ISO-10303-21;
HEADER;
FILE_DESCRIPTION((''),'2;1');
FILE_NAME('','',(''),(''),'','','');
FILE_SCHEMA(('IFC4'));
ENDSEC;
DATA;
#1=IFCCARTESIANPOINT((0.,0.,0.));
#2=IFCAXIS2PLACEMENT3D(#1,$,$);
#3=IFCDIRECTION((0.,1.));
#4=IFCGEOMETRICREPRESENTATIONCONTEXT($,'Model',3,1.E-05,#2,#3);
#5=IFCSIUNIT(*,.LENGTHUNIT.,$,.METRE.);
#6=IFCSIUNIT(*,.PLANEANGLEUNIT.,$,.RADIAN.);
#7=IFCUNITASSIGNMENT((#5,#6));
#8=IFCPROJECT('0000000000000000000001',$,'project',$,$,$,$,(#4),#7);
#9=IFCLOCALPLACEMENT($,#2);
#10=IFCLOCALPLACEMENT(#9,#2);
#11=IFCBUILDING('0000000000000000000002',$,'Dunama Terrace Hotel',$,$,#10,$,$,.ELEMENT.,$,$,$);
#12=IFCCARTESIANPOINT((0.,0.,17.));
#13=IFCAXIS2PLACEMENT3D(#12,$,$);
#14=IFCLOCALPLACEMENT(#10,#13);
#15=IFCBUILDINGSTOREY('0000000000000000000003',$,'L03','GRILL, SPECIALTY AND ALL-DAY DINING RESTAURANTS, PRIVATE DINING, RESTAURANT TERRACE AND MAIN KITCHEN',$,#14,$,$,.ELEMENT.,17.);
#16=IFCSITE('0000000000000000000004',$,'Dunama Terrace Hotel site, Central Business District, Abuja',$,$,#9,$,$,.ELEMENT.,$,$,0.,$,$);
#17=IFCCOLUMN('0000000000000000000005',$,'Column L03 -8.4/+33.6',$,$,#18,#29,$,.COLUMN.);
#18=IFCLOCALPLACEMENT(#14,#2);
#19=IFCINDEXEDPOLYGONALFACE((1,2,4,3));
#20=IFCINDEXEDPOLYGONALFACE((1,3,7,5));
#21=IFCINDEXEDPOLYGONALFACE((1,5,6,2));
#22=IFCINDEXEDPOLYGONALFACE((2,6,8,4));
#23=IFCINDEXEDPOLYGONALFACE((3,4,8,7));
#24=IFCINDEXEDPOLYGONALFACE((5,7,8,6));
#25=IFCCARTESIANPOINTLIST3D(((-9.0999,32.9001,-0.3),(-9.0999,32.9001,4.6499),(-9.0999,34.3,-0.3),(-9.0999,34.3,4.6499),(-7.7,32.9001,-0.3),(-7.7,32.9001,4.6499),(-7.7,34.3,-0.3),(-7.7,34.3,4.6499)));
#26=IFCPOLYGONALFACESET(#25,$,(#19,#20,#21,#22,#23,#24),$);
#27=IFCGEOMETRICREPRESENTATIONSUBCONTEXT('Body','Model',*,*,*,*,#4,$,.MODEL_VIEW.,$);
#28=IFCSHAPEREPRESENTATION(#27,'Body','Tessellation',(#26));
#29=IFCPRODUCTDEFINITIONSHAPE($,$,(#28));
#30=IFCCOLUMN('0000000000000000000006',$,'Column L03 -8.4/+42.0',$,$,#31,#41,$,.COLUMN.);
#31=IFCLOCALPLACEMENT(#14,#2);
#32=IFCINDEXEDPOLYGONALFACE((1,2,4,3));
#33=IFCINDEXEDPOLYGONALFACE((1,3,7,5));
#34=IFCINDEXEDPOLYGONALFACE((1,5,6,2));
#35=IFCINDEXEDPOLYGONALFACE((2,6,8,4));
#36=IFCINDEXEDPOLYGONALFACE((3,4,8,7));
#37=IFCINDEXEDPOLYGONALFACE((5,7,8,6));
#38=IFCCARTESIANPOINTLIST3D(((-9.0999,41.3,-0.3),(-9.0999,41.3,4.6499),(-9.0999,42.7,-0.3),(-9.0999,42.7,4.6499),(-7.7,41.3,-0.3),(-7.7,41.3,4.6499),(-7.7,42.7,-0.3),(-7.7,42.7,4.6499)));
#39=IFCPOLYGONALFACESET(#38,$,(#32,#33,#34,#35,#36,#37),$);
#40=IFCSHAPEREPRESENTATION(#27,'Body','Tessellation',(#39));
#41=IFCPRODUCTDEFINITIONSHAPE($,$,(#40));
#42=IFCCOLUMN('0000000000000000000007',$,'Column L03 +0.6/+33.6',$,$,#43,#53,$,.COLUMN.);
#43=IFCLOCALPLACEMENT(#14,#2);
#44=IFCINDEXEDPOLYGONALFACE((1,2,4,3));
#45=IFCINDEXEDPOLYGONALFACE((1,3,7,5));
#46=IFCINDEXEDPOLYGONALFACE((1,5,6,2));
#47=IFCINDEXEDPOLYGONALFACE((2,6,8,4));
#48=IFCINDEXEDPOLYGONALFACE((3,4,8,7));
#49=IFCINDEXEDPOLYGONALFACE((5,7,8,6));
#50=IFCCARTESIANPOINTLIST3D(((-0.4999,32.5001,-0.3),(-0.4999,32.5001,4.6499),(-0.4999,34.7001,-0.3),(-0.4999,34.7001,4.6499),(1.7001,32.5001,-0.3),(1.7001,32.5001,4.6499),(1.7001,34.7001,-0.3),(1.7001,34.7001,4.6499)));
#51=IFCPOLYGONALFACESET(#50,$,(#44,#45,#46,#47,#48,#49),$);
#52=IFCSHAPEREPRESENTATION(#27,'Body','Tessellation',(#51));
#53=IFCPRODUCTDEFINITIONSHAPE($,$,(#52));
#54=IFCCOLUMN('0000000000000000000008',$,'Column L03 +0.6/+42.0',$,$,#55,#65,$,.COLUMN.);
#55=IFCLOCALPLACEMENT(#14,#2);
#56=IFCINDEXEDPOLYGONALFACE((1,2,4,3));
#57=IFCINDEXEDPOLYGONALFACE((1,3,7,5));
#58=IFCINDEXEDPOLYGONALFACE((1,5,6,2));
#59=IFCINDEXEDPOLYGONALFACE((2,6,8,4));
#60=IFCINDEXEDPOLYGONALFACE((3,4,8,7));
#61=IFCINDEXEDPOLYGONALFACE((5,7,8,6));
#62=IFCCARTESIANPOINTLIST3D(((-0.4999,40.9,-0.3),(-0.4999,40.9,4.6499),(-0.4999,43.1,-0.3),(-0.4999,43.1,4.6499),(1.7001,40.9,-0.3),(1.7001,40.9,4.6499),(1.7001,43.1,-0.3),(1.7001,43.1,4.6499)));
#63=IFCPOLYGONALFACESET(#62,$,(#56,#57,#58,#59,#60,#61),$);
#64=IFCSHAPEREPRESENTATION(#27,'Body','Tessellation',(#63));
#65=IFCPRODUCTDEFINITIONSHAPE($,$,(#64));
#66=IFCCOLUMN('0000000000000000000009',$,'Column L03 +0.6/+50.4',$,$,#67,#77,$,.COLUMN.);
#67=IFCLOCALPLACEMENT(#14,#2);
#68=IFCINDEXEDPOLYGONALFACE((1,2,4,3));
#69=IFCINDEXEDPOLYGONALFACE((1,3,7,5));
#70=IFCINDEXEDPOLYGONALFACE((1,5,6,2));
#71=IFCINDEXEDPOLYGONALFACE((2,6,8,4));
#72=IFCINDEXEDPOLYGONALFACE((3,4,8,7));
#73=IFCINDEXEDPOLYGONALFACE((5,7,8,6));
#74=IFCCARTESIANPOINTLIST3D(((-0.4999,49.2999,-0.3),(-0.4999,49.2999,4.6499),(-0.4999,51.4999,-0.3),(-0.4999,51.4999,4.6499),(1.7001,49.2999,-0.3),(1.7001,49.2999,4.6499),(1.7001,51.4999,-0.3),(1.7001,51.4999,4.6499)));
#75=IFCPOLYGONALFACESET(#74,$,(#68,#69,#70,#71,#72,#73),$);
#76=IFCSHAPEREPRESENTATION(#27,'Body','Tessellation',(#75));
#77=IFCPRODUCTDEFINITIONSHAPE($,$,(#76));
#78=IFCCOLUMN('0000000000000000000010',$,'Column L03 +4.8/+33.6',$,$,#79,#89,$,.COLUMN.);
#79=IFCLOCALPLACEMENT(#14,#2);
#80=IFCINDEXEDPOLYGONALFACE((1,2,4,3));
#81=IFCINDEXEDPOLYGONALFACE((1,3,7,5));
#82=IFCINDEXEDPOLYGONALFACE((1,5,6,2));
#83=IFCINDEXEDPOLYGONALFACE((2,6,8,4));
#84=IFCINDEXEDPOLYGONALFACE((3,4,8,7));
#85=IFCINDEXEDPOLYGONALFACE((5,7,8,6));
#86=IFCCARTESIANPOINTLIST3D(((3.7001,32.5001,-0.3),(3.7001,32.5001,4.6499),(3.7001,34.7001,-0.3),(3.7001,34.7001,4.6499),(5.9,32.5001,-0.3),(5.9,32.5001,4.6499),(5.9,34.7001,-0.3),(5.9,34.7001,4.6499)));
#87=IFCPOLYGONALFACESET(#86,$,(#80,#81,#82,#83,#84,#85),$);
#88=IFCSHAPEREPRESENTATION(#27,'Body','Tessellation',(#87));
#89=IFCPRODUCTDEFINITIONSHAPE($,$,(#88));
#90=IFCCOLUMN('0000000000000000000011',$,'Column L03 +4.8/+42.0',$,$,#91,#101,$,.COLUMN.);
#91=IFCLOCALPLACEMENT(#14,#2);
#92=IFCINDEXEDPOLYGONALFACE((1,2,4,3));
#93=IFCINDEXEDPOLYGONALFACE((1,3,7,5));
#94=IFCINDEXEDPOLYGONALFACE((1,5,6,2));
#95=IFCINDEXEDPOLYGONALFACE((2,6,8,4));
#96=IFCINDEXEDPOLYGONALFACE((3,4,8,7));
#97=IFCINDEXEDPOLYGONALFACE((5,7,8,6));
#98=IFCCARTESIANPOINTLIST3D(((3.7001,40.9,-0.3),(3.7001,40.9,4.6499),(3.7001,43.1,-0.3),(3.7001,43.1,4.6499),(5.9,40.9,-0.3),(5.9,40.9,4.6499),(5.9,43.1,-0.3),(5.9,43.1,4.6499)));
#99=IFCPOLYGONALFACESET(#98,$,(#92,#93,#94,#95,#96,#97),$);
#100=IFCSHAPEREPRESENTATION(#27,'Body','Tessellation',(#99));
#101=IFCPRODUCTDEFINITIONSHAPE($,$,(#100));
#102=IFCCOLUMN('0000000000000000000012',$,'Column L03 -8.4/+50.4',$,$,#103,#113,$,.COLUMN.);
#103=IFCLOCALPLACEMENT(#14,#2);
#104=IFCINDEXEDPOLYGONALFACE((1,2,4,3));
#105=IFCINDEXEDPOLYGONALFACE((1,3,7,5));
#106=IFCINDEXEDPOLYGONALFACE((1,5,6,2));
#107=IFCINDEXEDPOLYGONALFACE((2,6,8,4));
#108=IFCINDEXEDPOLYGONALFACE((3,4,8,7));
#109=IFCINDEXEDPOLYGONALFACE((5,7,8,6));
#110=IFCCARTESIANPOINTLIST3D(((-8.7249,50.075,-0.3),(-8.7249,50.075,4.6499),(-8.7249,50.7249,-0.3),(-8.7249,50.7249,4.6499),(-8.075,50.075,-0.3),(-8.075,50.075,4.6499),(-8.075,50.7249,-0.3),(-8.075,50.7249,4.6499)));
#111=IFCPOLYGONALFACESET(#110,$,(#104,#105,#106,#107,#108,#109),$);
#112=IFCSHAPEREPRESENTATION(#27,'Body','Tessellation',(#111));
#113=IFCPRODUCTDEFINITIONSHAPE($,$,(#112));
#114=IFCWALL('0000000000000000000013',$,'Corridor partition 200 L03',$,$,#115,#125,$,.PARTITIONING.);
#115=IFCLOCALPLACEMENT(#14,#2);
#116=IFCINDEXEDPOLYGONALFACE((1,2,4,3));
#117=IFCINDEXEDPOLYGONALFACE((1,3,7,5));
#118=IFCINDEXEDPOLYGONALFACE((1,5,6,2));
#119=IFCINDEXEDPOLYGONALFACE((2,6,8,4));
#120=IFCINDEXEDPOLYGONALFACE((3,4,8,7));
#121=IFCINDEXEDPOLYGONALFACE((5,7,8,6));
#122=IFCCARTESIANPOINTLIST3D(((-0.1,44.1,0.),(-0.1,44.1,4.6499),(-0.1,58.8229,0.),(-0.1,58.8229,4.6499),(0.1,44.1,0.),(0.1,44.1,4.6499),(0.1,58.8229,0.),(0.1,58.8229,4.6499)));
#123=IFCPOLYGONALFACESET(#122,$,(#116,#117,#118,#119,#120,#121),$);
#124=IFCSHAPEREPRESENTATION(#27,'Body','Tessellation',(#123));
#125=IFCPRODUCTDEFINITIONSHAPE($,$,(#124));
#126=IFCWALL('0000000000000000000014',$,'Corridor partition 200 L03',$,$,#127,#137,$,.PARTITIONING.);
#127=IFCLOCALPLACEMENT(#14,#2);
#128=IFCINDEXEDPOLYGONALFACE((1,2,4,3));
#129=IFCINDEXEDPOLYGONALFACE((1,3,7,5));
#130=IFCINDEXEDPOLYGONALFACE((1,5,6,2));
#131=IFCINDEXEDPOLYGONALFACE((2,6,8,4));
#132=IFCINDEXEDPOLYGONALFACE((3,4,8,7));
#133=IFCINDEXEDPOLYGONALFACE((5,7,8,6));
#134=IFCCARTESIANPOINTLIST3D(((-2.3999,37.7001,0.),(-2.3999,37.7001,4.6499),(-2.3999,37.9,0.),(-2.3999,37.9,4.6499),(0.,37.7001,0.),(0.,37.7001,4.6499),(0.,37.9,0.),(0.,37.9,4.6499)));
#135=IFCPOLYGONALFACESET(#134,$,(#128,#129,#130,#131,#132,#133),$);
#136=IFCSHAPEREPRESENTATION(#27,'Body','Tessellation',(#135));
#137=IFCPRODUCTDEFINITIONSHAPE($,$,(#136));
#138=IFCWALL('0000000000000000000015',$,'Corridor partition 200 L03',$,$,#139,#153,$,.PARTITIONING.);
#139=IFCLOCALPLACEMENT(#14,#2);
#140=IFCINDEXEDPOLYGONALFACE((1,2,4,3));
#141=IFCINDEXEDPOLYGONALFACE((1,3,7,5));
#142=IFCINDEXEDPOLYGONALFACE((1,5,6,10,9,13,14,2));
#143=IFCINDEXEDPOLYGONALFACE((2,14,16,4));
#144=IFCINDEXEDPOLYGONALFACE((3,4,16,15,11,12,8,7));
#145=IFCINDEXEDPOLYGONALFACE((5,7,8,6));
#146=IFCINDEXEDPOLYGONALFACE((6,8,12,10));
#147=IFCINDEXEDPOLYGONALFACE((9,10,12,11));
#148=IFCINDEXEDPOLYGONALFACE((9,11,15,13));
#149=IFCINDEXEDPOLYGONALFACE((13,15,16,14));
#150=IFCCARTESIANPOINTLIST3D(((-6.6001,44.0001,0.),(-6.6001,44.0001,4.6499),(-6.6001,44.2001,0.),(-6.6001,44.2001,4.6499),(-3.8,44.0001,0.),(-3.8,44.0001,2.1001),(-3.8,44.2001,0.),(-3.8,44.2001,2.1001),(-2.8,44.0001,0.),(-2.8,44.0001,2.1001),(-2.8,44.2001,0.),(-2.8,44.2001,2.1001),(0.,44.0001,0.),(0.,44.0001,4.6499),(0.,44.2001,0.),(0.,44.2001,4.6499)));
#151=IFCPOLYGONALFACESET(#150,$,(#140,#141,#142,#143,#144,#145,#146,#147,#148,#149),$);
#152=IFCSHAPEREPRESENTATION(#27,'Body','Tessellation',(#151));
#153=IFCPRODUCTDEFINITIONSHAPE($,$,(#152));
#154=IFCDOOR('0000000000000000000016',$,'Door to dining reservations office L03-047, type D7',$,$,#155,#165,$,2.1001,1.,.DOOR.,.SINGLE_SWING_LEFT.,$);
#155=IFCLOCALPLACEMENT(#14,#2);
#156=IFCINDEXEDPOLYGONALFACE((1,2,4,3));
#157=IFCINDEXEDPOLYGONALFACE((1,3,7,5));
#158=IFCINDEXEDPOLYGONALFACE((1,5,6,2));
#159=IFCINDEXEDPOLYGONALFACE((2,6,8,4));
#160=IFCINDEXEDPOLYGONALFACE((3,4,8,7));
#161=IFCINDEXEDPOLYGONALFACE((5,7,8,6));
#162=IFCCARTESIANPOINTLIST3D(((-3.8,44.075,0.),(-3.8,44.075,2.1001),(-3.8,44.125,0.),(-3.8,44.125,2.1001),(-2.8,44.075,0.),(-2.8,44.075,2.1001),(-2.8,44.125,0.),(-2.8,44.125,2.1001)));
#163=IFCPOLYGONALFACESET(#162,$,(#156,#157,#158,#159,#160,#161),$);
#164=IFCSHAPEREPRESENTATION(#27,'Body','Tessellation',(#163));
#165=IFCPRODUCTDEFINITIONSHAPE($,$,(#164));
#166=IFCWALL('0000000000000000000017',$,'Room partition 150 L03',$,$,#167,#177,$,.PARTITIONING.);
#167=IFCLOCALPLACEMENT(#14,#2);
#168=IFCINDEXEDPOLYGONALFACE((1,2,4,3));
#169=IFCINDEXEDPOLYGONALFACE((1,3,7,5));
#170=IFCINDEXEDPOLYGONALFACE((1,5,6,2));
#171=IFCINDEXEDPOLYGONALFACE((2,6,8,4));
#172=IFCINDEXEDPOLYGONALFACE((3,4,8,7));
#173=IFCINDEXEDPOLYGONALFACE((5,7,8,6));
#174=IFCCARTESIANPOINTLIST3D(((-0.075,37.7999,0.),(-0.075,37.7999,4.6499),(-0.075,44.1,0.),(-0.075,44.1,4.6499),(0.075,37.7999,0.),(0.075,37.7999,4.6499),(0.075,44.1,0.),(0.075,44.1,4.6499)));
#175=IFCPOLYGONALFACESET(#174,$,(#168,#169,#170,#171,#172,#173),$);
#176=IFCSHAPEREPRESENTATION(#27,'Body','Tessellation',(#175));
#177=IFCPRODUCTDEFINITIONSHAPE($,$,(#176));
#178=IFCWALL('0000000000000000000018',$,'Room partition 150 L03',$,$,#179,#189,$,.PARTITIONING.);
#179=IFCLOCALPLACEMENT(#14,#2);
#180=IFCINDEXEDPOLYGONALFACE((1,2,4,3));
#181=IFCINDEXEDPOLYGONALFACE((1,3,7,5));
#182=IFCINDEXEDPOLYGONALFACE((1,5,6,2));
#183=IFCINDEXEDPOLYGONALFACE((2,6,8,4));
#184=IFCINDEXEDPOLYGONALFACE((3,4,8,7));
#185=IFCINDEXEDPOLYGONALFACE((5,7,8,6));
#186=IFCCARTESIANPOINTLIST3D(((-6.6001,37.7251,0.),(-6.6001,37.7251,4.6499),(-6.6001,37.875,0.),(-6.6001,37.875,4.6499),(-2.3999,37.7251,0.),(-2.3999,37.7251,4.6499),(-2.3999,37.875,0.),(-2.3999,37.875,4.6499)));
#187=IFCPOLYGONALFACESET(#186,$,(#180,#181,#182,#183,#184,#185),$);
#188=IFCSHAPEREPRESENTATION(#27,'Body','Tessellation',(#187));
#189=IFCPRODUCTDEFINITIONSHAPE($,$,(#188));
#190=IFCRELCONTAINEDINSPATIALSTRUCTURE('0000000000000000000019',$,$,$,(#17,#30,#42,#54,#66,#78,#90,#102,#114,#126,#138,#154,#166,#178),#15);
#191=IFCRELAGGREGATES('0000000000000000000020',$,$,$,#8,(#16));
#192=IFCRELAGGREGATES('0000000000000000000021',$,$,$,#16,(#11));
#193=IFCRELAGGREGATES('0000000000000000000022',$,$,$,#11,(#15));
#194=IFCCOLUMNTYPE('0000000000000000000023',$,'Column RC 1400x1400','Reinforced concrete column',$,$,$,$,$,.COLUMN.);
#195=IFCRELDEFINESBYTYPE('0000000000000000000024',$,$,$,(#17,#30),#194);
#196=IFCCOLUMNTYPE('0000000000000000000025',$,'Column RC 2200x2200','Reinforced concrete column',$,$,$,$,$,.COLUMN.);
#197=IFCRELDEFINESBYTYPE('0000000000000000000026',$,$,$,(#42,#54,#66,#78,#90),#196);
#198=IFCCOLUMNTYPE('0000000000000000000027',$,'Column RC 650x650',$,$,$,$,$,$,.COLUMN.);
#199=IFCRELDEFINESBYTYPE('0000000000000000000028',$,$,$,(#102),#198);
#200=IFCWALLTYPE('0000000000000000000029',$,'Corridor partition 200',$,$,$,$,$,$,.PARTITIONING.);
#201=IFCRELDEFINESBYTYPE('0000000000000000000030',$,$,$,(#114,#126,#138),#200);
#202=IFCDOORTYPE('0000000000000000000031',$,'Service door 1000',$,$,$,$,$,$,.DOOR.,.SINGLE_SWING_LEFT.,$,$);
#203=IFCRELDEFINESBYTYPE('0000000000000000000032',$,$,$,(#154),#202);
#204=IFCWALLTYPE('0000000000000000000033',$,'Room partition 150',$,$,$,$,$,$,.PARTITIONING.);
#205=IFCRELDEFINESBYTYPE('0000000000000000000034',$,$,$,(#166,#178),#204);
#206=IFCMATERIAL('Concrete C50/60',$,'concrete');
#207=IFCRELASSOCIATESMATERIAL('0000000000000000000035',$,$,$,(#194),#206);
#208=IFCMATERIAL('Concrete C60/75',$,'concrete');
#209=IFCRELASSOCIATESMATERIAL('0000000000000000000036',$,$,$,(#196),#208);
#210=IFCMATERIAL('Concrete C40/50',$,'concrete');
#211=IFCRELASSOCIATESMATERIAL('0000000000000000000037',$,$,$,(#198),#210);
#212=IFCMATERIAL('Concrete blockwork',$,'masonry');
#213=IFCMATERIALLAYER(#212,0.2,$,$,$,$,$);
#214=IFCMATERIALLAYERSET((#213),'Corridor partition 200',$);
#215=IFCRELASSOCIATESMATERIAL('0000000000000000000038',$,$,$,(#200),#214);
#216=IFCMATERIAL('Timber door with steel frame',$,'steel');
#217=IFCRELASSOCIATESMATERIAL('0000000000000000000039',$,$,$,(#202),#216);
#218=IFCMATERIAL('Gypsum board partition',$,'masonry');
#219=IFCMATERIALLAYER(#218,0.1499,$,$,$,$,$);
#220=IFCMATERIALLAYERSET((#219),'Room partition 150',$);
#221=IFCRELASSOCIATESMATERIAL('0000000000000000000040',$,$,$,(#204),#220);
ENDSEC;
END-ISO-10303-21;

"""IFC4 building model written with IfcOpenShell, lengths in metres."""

from ifc_helpers import new_model, si_unit, direction, frame, frame_2d, origin, origin_2d, place, context, subcontext, project, spatial, rectangle, extrude, material, layer, layer_set, material_profile, profile_set, type_object, element, fill, save


model = new_model("IFC4")

# Units and contexts
model_context = context("Model", 3, precision=1e-05, world=origin(), true_north=direction((0.0, 1.0)))
body_context = subcontext(model_context, "Body", "Model", "MODEL_VIEW")
ifc_project = project(units=[si_unit("LENGTHUNIT", "METRE"), si_unit("PLANEANGLEUNIT", "RADIAN")], contexts=[model_context])

# Site, building, storey
site_placement = place(None, origin())
site = spatial("IfcSite", under=ifc_project, at=site_placement, Name="Dunama Terrace Hotel site, Central Business District, Abuja", CompositionType="ELEMENT", RefElevation=0.0)
building_placement = place(site_placement, origin())
building = spatial("IfcBuilding", under=site, at=building_placement, Name="Dunama Terrace Hotel", CompositionType="ELEMENT")
storey_placement = place(building_placement, frame((0.0, 0.0, 17.0)))
storey = spatial("IfcBuildingStorey", under=building, at=storey_placement, Name="L03", Description="GRILL, SPECIALTY AND ALL-DAY DINING RESTAURANTS, PRIVATE DINING, RESTAURANT TERRACE AND MAIN KITCHEN", CompositionType="ELEMENT", Elevation=17.0)

# Columns
ifc_material_1 = material(Name="Concrete C50/60", Category="concrete")
ifc_material_profile_1 = material_profile(ifc_material_1, rectangle(XDim=1.3999, YDim=1.3999, at=origin_2d()), Name="RC 1400x1400")
ifc_profile_set_1 = profile_set([ifc_material_profile_1], Name="Concrete C50/60")
column_type_1 = type_object("IfcColumnType", Name="Column RC 1400x1400", Description="Reinforced concrete column", PredefinedType="COLUMN", material=ifc_profile_set_1)
for number, where, z_axis, x_axis, name in (
    (1, (-8.3999, 33.6001, -0.3), (0.0, 0.0, 1.0), (1.0, 0.0, 0.0), "Column L03 -8.4/+33.6"),
    (2, (-8.3999, 42.0, -0.3), (0.0, 0.0, 1.0), (1.0, 0.0, 0.0), "Column L03 -8.4/+42.0"),
):
    element("IfcColumn", number, at=place(storey_placement, frame(where, z_axis=z_axis, x_axis=x_axis)), inside=storey, type_object=column_type_1, Name=name, PredefinedType="COLUMN", context=body_context, shape_type="SweptSolid", body=[
        extrude(rectangle(XDim=1.3999, YDim=1.3999, at=origin_2d()), origin(), (0.0, 0.0, 1.0), 4.95),
    ])
ifc_material_2 = material(Name="Concrete C60/75", Category="concrete")
ifc_material_profile_2 = material_profile(ifc_material_2, rectangle(XDim=2.2, YDim=2.2, at=origin_2d()), Name="RC 2200x2200")
ifc_profile_set_2 = profile_set([ifc_material_profile_2], Name="Concrete C60/75")
column_type_2 = type_object("IfcColumnType", Name="Column RC 2200x2200", Description="Reinforced concrete column", PredefinedType="COLUMN", material=ifc_profile_set_2)
for number, where, z_axis, x_axis, name in (
    (3, (0.6001, 33.6001, -0.3), (0.0, 0.0, 1.0), (1.0, 0.0, 0.0), "Column L03 +0.6/+33.6"),
    (4, (0.6001, 42.0, -0.3), (0.0, 0.0, 1.0), (1.0, 0.0, 0.0), "Column L03 +0.6/+42.0"),
    (5, (0.6001, 50.3999, -0.3), (0.0, 0.0, 1.0), (1.0, 0.0, 0.0), "Column L03 +0.6/+50.4"),
    (6, (4.8, 33.6001, -0.3), (0.0, 0.0, 1.0), (1.0, 0.0, 0.0), "Column L03 +4.8/+33.6"),
    (7, (4.8, 42.0, -0.3), (0.0, 0.0, 1.0), (1.0, 0.0, 0.0), "Column L03 +4.8/+42.0"),
):
    element("IfcColumn", number, at=place(storey_placement, frame(where, z_axis=z_axis, x_axis=x_axis)), inside=storey, type_object=column_type_2, Name=name, PredefinedType="COLUMN", context=body_context, shape_type="SweptSolid", body=[
        extrude(rectangle(XDim=2.2, YDim=2.2, at=origin_2d()), origin(), (0.0, 0.0, 1.0), 4.95),
    ])
ifc_material_3 = material(Name="Concrete C40/50", Category="concrete")
ifc_material_profile_3 = material_profile(ifc_material_3, rectangle(XDim=0.6499, YDim=0.6499, at=origin_2d()), Name="RC 650x650")
ifc_profile_set_3 = profile_set([ifc_material_profile_3], Name="Concrete C40/50")
column_type_3 = type_object("IfcColumnType", Name="Column RC 650x650", PredefinedType="COLUMN", material=ifc_profile_set_3)
column_placement = place(storey_placement, frame((-8.3999, 50.3999, -0.3), z_axis=(0.0, 0.0, 1.0), x_axis=(1.0, 0.0, 0.0)))
element("IfcColumn", 8, at=column_placement, inside=storey, type_object=column_type_3, Name="Column L03 -8.4/+50.4", PredefinedType="COLUMN", context=body_context, shape_type="SweptSolid", body=[
    extrude(rectangle(XDim=0.6499, YDim=0.6499, at=origin_2d()), origin(), (0.0, 0.0, 1.0), 4.95),
])

# Walls
ifc_material_4 = material(Name="Concrete blockwork", Category="masonry")
ifc_layer_1 = layer(ifc_material_4, 0.2)
ifc_layer_set_1 = layer_set([ifc_layer_1], Name="Corridor partition 200")
wall_type_1 = type_object("IfcWallType", Name="Corridor partition 200", PredefinedType="PARTITIONING", material=ifc_layer_set_1)
wall_1_placement = place(storey_placement, frame((0.0, 44.1001, 0.0), z_axis=(0.0, 0.0, 1.0), x_axis=(0.0, 1.0, 0.0)))
element("IfcWall", 9, at=wall_1_placement, inside=storey, type_object=wall_type_1, Name="Corridor partition 200 L03", PredefinedType="PARTITIONING", context=body_context, shape_type="SweptSolid", body=[
    extrude(rectangle(XDim=14.7229, YDim=0.2, at=frame_2d((7.3613, 0.0))), origin(), (0.0, 0.0, 1.0), 4.6499),
])
wall_2_placement = place(storey_placement, frame((-2.3999, 37.8, 0.0), z_axis=(0.0, 0.0, 1.0), x_axis=(1.0, 0.0, 0.0)))
element("IfcWall", 10, at=wall_2_placement, inside=storey, type_object=wall_type_1, Name="Corridor partition 200 L03", PredefinedType="PARTITIONING", context=body_context, shape_type="SweptSolid", body=[
    extrude(rectangle(XDim=2.3999, YDim=0.2, at=frame_2d((1.2, 0.0))), origin(), (0.0, 0.0, 1.0), 4.6499),
])

# Wall, opening, door
wall_3_placement = place(storey_placement, frame((-6.6001, 44.1001, 0.0), z_axis=(0.0, 0.0, 1.0), x_axis=(1.0, 0.0, 0.0)))
wall_3 = element("IfcWall", 11, at=wall_3_placement, inside=storey, type_object=wall_type_1, Name="Corridor partition 200 L03", PredefinedType="PARTITIONING", context=body_context, shape_type="SweptSolid", body=[
    extrude(rectangle(XDim=6.6001, YDim=0.2, at=frame_2d((3.3, 0.0))), origin(), (0.0, 0.0, 1.0), 4.6499),
])
opening_1_placement = place(wall_3_placement, frame((2.8, 0.0, 0.0)))
opening_1 = element("IfcOpeningElement", 12, at=opening_1_placement, cuts=wall_3, PredefinedType="OPENING", context=body_context, shape_type="SweptSolid", body=[
    extrude(rectangle(XDim=1.0, YDim=2.1001, at=frame_2d((0.5, 1.05))), frame((0.0, 0.1099, 0.0), z_axis=(0.0, -1.0, 0.0), x_axis=(1.0, 0.0, 0.0)), (0.0, 0.0, 1.0), 0.22),
])
ifc_material_5 = material(Name="Timber door with steel frame", Category="steel")
door_type_1 = type_object("IfcDoorType", Name="Service door 1000", OperationType="SINGLE_SWING_LEFT", PredefinedType="DOOR", material=ifc_material_5)
door_1_placement = place(opening_1_placement, frame((1.0, 0.0, 0.0), z_axis=(0.0, 0.0, 1.0), x_axis=(-1.0, 0.0, 0.0)))
door_1 = element("IfcDoor", 13, at=door_1_placement, inside=storey, type_object=door_type_1, Name="Door to dining reservations office L03-047, type D7", OperationType="SINGLE_SWING_LEFT", OverallHeight=2.1001, OverallWidth=1.0, PredefinedType="DOOR", context=body_context, shape_type="SweptSolid", body=[
    extrude(rectangle(XDim=1.0, YDim=2.1001, at=frame_2d((0.5, 1.05))), frame((0.0, 0.0251, 0.0), z_axis=(0.0, -1.0, 0.0), x_axis=(1.0, 0.0, 0.0)), (0.0, 0.0, 1.0), 0.05),
])
fill(opening_1, door_1)

# Walls
ifc_material_6 = material(Name="Gypsum board partition", Category="masonry")
ifc_layer_2 = layer(ifc_material_6, 0.1499)
ifc_layer_set_2 = layer_set([ifc_layer_2], Name="Room partition 150")
wall_type_2 = type_object("IfcWallType", Name="Room partition 150", PredefinedType="PARTITIONING", material=ifc_layer_set_2)
wall_4_placement = place(storey_placement, frame((0.0, 37.8, 0.0), z_axis=(0.0, 0.0, 1.0), x_axis=(0.0, 1.0, 0.0)))
element("IfcWall", 14, at=wall_4_placement, inside=storey, type_object=wall_type_2, Name="Room partition 150 L03", PredefinedType="PARTITIONING", context=body_context, shape_type="SweptSolid", body=[
    extrude(rectangle(XDim=6.3, YDim=0.1499, at=frame_2d((3.1499, 0.0))), origin(), (0.0, 0.0, 1.0), 4.6499),
])
wall_5_placement = place(storey_placement, frame((-6.6001, 37.8, 0.0), z_axis=(0.0, 0.0, 1.0), x_axis=(1.0, 0.0, 0.0)))
element("IfcWall", 15, at=wall_5_placement, inside=storey, type_object=wall_type_2, Name="Room partition 150 L03", PredefinedType="PARTITIONING", context=body_context, shape_type="SweptSolid", body=[
    extrude(rectangle(XDim=4.2002, YDim=0.1499, at=frame_2d((2.1001, 0.0))), origin(), (0.0, 0.0, 1.0), 4.6499),
])

save(model, "model.ifc")
